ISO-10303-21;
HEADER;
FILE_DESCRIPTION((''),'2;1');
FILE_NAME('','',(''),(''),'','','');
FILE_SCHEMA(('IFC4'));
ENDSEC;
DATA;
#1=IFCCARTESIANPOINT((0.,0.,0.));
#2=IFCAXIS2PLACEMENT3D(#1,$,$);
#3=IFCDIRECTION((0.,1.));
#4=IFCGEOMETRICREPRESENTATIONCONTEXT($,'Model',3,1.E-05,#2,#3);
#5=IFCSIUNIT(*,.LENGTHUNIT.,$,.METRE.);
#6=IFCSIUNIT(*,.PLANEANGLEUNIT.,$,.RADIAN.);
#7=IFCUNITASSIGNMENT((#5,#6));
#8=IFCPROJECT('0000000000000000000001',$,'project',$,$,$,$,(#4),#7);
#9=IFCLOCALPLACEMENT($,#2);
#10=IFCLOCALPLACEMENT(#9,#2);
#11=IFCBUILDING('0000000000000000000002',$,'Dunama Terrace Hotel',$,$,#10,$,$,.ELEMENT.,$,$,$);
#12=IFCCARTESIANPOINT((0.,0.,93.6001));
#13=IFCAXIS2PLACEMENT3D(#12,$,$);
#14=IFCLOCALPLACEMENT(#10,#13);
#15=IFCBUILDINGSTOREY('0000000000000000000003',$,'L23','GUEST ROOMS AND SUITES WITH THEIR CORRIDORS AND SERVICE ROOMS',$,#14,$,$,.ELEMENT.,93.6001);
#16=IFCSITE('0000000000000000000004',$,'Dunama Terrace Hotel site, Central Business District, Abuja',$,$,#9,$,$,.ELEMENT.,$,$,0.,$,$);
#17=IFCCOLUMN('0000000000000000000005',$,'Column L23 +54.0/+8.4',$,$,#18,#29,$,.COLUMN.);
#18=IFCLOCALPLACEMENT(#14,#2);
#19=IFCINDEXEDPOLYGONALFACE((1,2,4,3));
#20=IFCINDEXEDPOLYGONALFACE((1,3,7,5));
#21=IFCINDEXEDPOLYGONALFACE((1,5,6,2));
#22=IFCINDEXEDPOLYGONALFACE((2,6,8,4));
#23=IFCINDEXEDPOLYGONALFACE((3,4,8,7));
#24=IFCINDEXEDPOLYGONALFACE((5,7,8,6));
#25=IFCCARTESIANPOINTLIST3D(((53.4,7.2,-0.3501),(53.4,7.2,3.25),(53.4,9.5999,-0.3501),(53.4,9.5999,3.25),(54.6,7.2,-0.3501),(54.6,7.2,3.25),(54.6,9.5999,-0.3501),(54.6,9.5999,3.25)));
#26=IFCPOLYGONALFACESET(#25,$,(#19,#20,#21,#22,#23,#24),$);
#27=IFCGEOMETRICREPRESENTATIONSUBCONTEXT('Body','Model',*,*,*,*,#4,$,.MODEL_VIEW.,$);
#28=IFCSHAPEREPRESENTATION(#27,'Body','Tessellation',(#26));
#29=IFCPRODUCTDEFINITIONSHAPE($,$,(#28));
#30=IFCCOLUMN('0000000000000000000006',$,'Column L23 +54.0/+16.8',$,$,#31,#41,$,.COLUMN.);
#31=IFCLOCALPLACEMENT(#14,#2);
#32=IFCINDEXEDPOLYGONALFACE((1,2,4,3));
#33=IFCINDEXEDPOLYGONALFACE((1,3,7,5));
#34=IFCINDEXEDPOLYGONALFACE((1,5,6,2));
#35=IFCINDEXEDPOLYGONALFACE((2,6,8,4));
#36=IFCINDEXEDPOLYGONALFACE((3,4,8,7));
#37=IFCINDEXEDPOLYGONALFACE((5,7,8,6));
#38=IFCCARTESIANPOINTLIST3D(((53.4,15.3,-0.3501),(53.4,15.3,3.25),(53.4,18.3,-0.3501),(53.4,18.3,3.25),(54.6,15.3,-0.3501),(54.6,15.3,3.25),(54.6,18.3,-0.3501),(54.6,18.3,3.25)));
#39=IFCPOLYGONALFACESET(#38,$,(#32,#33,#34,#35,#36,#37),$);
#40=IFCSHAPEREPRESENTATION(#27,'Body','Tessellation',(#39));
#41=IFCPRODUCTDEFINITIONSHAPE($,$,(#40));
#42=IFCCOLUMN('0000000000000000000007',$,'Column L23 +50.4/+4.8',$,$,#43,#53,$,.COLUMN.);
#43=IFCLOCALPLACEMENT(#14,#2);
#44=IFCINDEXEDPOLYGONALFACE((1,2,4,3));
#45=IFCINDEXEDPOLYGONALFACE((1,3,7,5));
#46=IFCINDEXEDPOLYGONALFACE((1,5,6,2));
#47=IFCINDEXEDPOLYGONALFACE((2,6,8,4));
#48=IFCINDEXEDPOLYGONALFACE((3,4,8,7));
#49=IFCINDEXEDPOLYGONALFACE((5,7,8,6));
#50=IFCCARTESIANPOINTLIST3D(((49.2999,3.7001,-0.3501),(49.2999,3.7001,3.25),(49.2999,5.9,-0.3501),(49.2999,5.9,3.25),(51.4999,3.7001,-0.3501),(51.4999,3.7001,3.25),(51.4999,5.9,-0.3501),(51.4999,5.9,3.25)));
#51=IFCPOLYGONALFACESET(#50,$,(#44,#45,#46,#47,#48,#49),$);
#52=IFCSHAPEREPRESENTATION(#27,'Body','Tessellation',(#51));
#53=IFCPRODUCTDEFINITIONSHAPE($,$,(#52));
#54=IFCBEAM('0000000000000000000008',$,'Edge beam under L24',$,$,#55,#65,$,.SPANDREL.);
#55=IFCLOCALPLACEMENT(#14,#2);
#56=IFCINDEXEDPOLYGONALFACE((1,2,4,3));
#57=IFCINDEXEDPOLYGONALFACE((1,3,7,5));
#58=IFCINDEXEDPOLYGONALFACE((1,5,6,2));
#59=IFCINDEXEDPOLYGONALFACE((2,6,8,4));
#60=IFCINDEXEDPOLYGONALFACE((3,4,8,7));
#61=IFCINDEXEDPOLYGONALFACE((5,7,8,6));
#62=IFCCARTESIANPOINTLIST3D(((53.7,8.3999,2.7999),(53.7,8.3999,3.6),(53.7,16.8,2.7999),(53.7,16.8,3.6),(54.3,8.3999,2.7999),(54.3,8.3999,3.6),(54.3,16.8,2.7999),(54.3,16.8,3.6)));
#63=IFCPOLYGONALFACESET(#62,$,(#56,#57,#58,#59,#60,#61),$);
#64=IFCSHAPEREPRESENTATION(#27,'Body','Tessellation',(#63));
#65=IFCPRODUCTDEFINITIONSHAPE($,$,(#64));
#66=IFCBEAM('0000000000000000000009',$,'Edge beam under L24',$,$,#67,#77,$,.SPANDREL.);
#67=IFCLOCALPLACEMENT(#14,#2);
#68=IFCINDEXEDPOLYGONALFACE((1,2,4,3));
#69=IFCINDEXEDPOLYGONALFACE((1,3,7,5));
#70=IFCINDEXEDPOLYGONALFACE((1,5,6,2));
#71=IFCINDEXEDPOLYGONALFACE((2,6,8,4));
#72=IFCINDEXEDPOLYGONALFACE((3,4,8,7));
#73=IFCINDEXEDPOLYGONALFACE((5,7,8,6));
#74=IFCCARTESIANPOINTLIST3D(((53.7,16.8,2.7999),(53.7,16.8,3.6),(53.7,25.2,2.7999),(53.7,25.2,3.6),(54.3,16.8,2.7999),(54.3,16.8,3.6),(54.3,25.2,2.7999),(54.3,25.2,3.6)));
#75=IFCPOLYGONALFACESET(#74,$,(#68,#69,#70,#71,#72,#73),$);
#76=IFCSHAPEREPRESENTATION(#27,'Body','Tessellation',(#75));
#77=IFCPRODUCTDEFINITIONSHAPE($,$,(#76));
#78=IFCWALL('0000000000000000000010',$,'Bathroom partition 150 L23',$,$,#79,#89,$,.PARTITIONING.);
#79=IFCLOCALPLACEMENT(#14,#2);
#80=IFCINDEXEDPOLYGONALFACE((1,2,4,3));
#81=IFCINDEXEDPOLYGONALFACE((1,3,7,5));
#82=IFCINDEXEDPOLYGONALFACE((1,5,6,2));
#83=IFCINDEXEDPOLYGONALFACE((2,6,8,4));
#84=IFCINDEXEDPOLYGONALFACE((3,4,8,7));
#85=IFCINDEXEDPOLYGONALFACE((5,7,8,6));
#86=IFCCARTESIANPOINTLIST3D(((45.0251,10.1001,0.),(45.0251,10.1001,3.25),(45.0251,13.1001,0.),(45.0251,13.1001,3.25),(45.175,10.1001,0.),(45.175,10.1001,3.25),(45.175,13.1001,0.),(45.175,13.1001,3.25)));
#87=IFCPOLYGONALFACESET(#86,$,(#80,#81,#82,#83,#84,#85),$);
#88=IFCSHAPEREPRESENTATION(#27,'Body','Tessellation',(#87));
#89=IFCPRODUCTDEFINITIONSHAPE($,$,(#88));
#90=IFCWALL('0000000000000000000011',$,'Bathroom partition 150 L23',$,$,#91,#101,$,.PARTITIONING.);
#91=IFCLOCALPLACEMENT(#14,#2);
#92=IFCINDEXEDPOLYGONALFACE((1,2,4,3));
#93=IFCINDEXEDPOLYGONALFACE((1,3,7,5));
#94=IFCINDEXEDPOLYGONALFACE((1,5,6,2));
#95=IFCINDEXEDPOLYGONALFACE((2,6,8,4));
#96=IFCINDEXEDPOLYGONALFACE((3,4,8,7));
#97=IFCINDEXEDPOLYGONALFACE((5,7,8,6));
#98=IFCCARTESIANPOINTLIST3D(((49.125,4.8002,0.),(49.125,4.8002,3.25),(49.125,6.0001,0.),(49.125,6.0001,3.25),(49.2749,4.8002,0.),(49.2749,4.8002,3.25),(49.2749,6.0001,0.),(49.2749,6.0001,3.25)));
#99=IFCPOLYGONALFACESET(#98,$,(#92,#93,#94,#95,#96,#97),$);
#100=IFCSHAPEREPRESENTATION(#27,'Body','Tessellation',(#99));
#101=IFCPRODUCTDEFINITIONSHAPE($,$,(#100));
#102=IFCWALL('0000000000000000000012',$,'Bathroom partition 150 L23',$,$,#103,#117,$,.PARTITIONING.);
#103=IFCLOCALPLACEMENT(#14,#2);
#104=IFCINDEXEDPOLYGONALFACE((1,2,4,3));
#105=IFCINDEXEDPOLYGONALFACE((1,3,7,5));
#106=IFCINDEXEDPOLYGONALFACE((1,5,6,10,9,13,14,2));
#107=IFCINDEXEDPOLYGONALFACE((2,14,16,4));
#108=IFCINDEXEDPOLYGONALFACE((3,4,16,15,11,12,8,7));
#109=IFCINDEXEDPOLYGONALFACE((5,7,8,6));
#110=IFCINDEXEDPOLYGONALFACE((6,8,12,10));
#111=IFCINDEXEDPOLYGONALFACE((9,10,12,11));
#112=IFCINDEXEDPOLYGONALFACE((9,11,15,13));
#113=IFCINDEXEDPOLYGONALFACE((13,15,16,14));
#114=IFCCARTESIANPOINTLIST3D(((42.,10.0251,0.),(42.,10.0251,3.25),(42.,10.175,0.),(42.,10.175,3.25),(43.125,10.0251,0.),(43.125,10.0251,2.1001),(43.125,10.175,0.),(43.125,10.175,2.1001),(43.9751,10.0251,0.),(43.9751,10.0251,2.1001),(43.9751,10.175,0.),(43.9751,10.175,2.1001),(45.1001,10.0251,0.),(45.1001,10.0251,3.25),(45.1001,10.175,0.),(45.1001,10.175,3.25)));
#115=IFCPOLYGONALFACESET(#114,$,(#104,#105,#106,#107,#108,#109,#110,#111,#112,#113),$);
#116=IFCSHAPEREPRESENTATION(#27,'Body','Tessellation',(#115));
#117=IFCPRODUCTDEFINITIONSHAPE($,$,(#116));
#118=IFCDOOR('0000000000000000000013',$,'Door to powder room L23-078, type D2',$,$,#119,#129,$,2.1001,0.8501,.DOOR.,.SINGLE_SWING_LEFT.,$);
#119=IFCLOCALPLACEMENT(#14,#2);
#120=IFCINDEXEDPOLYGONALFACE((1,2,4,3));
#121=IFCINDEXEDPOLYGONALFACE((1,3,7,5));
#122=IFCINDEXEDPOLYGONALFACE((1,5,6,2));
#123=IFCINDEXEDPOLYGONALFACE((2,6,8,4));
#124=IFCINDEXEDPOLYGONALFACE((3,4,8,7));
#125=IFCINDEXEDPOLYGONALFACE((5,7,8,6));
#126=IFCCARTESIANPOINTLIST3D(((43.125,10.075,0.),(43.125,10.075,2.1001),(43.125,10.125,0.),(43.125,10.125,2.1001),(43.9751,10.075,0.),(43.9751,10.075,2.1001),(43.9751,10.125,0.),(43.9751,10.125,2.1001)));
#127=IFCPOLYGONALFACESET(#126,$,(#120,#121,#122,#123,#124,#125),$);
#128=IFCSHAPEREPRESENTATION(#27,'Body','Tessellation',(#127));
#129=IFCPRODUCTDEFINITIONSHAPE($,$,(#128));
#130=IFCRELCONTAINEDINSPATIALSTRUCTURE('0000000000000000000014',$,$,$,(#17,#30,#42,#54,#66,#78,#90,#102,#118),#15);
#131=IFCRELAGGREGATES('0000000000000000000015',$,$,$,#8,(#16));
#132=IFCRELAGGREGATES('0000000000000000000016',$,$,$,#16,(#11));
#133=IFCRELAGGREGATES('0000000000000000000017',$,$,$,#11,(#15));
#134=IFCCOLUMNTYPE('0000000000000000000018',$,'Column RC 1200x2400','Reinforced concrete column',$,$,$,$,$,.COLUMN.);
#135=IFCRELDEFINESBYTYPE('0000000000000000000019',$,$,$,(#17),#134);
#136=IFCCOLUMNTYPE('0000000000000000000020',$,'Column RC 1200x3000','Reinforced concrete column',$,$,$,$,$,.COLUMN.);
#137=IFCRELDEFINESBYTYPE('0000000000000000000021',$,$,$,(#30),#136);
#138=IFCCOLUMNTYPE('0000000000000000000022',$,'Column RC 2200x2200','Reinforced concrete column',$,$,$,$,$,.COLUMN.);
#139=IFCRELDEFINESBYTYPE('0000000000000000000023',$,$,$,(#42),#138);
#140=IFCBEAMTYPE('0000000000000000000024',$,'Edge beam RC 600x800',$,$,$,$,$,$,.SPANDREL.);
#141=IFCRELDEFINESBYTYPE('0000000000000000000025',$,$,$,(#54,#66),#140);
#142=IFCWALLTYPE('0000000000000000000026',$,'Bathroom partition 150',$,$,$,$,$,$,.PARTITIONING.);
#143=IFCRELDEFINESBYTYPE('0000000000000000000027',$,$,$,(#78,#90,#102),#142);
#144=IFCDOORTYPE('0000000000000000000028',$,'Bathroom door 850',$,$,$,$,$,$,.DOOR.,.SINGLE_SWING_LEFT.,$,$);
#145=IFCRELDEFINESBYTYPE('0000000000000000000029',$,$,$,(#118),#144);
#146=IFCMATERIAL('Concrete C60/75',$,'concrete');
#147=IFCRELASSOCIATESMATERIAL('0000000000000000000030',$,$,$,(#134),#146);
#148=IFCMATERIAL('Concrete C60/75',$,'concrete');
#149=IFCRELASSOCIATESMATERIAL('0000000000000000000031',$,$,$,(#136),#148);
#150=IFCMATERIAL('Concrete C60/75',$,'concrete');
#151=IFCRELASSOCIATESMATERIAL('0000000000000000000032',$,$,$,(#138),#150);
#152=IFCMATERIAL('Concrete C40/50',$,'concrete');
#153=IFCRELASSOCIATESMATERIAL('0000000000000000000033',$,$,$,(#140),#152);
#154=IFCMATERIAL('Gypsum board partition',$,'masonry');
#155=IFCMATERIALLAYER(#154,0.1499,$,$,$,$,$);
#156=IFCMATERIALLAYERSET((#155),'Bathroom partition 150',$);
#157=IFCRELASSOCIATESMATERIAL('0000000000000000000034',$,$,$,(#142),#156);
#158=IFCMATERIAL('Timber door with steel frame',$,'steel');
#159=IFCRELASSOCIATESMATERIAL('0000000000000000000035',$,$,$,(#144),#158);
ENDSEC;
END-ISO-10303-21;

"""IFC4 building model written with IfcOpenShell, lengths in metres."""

from ifc_helpers import new_model, si_unit, direction, frame, frame_2d, origin, origin_2d, place, context, subcontext, project, spatial, rectangle, extrude, material, layer, layer_set, material_profile, profile_set, type_object, element, fill, save


model = new_model("IFC4")

# Units and contexts
model_context = context("Model", 3, precision=1e-05, world=origin(), true_north=direction((0.0, 1.0)))
body_context = subcontext(model_context, "Body", "Model", "MODEL_VIEW")
ifc_project = project(units=[si_unit("LENGTHUNIT", "METRE"), si_unit("PLANEANGLEUNIT", "RADIAN")], contexts=[model_context])

# Site, building, storey
site_placement = place(None, origin())
site = spatial("IfcSite", under=ifc_project, at=site_placement, Name="Dunama Terrace Hotel site, Central Business District, Abuja", CompositionType="ELEMENT", RefElevation=0.0)
building_placement = place(site_placement, origin())
building = spatial("IfcBuilding", under=site, at=building_placement, Name="Dunama Terrace Hotel", CompositionType="ELEMENT")
storey_placement = place(building_placement, frame((0.0, 0.0, 93.6001)))
storey = spatial("IfcBuildingStorey", under=building, at=storey_placement, Name="L23", Description="GUEST ROOMS AND SUITES WITH THEIR CORRIDORS AND SERVICE ROOMS", CompositionType="ELEMENT", Elevation=93.6001)

# Columns
ifc_material_1 = material(Name="Concrete C60/75", Category="concrete")
ifc_material_profile_1 = material_profile(ifc_material_1, rectangle(XDim=1.2, YDim=2.3999, at=origin_2d()), Name="RC 1200x2400")
ifc_profile_set_1 = profile_set([ifc_material_profile_1], Name="Concrete C60/75")
column_type_1 = type_object("IfcColumnType", Name="Column RC 1200x2400", Description="Reinforced concrete column", PredefinedType="COLUMN", material=ifc_profile_set_1)
column_1_placement = place(storey_placement, frame((54.0, 8.3999, -0.3501), z_axis=(0.0, 0.0, 1.0), x_axis=(1.0, 0.0, 0.0)))
element("IfcColumn", 1, at=column_1_placement, inside=storey, type_object=column_type_1, Name="Column L23 +54.0/+8.4", PredefinedType="COLUMN", context=body_context, shape_type="SweptSolid", body=[
    extrude(rectangle(XDim=1.2, YDim=2.3999, at=origin_2d()), origin(), (0.0, 0.0, 1.0), 3.6001),
])
ifc_material_2 = material(Name="Concrete C60/75", Category="concrete")
ifc_material_profile_2 = material_profile(ifc_material_2, rectangle(XDim=1.2, YDim=3.0, at=origin_2d()), Name="RC 1200x3000")
ifc_profile_set_2 = profile_set([ifc_material_profile_2], Name="Concrete C60/75")
column_type_2 = type_object("IfcColumnType", Name="Column RC 1200x3000", Description="Reinforced concrete column", PredefinedType="COLUMN", material=ifc_profile_set_2)
column_2_placement = place(storey_placement, frame((54.0, 16.8, -0.3501), z_axis=(0.0, 0.0, 1.0), x_axis=(1.0, 0.0, 0.0)))
element("IfcColumn", 2, at=column_2_placement, inside=storey, type_object=column_type_2, Name="Column L23 +54.0/+16.8", PredefinedType="COLUMN", context=body_context, shape_type="SweptSolid", body=[
    extrude(rectangle(XDim=1.2, YDim=3.0, at=origin_2d()), origin(), (0.0, 0.0, 1.0), 3.6001),
])
ifc_material_3 = material(Name="Concrete C60/75", Category="concrete")
ifc_material_profile_3 = material_profile(ifc_material_3, rectangle(XDim=2.2, YDim=2.2, at=origin_2d()), Name="RC 2200x2200")
ifc_profile_set_3 = profile_set([ifc_material_profile_3], Name="Concrete C60/75")
column_type_3 = type_object("IfcColumnType", Name="Column RC 2200x2200", Description="Reinforced concrete column", PredefinedType="COLUMN", material=ifc_profile_set_3)
column_3_placement = place(storey_placement, frame((50.3999, 4.8, -0.3501), z_axis=(0.0, 0.0, 1.0), x_axis=(1.0, 0.0, 0.0)))
element("IfcColumn", 3, at=column_3_placement, inside=storey, type_object=column_type_3, Name="Column L23 +50.4/+4.8", PredefinedType="COLUMN", context=body_context, shape_type="SweptSolid", body=[
    extrude(rectangle(XDim=2.2, YDim=2.2, at=origin_2d()), origin(), (0.0, 0.0, 1.0), 3.6001),
])

# Beams
ifc_material_4 = material(Name="Concrete C40/50", Category="concrete")
ifc_material_profile_4 = material_profile(ifc_material_4, rectangle(XDim=0.6001, YDim=0.8, at=origin_2d()), Name="RC 600x800")
ifc_profile_set_4 = profile_set([ifc_material_profile_4], Name="Concrete C40/50")
beam_type = type_object("IfcBeamType", Name="Edge beam RC 600x800", PredefinedType="SPANDREL", material=ifc_profile_set_4)
beam_1_placement = place(storey_placement, frame((54.0, 8.3999, 3.2), z_axis=(0.0, 1.0, 0.0), x_axis=(-1.0, 0.0, 0.0)))
element("IfcBeam", 4, at=beam_1_placement, inside=storey, type_object=beam_type, Name="Edge beam under L24", PredefinedType="SPANDREL", context=body_context, shape_type="SweptSolid", body=[
    extrude(rectangle(XDim=0.6001, YDim=0.8, at=origin_2d()), origin(), (0.0, 0.0, 1.0), 8.4001),
])
beam_2_placement = place(storey_placement, frame((54.0, 16.8, 3.2), z_axis=(0.0, 1.0, 0.0), x_axis=(-1.0, 0.0, 0.0)))
element("IfcBeam", 5, at=beam_2_placement, inside=storey, type_object=beam_type, Name="Edge beam under L24", PredefinedType="SPANDREL", context=body_context, shape_type="SweptSolid", body=[
    extrude(rectangle(XDim=0.6001, YDim=0.8, at=origin_2d()), origin(), (0.0, 0.0, 1.0), 8.3999),
])

# Walls
ifc_material_5 = material(Name="Gypsum board partition", Category="masonry")
ifc_layer_1 = layer(ifc_material_5, 0.1499)
ifc_layer_set_1 = layer_set([ifc_layer_1], Name="Bathroom partition 150")
wall_type_1 = type_object("IfcWallType", Name="Bathroom partition 150", PredefinedType="PARTITIONING", material=ifc_layer_set_1)
wall_1_placement = place(storey_placement, frame((45.1001, 10.1001, 0.0), z_axis=(0.0, 0.0, 1.0), x_axis=(0.0, 1.0, 0.0)))
element("IfcWall", 6, at=wall_1_placement, inside=storey, type_object=wall_type_1, Name="Bathroom partition 150 L23", PredefinedType="PARTITIONING", context=body_context, shape_type="SweptSolid", body=[
    extrude(rectangle(XDim=3.0, YDim=0.1499, at=frame_2d((1.5, 0.0))), origin(), (0.0, 0.0, 1.0), 3.25),
])
wall_2_placement = place(storey_placement, frame((49.2, 4.8, 0.0), z_axis=(0.0, 0.0, 1.0), x_axis=(0.0, 1.0, 0.0)))
element("IfcWall", 7, at=wall_2_placement, inside=storey, type_object=wall_type_1, Name="Bathroom partition 150 L23", PredefinedType="PARTITIONING", context=body_context, shape_type="SweptSolid", body=[
    extrude(rectangle(XDim=1.2, YDim=0.1499, at=frame_2d((0.6001, 0.0))), origin(), (0.0, 0.0, 1.0), 3.25),
])

# Wall, opening, door
wall_3_placement = place(storey_placement, frame((42.0, 10.1001, 0.0), z_axis=(0.0, 0.0, 1.0), x_axis=(1.0, 0.0, 0.0)))
wall_3 = element("IfcWall", 8, at=wall_3_placement, inside=storey, type_object=wall_type_1, Name="Bathroom partition 150 L23", PredefinedType="PARTITIONING", context=body_context, shape_type="SweptSolid", body=[
    extrude(rectangle(XDim=3.1001, YDim=0.1499, at=frame_2d((1.55, 0.0))), origin(), (0.0, 0.0, 1.0), 3.25),
])
opening_1_placement = place(wall_3_placement, frame((1.125, 0.0, 0.0)))
opening_1 = element("IfcOpeningElement", 9, at=opening_1_placement, cuts=wall_3, PredefinedType="OPENING", context=body_context, shape_type="SweptSolid", body=[
    extrude(rectangle(XDim=0.8501, YDim=2.1001, at=frame_2d((0.425, 1.05))), frame((0.0, 0.085, 0.0), z_axis=(0.0, -1.0, 0.0), x_axis=(1.0, 0.0, 0.0)), (0.0, 0.0, 1.0), 0.1699),
])
ifc_material_6 = material(Name="Timber door with steel frame", Category="steel")
door_type_1 = type_object("IfcDoorType", Name="Bathroom door 850", OperationType="SINGLE_SWING_LEFT", PredefinedType="DOOR", material=ifc_material_6)
door_1_placement = place(opening_1_placement, origin())
door_1 = element("IfcDoor", 10, at=door_1_placement, inside=storey, type_object=door_type_1, Name="Door to powder room L23-078, type D2", OperationType="SINGLE_SWING_LEFT", OverallHeight=2.1001, OverallWidth=0.8501, PredefinedType="DOOR", context=body_context, shape_type="SweptSolid", body=[
    extrude(rectangle(XDim=0.8501, YDim=2.1001, at=frame_2d((0.425, 1.05))), frame((0.0, 0.0249, 0.0), z_axis=(0.0, -1.0, 0.0), x_axis=(1.0, 0.0, 0.0)), (0.0, 0.0, 1.0), 0.05),
])
fill(opening_1, door_1)

save(model, "model.ifc")
